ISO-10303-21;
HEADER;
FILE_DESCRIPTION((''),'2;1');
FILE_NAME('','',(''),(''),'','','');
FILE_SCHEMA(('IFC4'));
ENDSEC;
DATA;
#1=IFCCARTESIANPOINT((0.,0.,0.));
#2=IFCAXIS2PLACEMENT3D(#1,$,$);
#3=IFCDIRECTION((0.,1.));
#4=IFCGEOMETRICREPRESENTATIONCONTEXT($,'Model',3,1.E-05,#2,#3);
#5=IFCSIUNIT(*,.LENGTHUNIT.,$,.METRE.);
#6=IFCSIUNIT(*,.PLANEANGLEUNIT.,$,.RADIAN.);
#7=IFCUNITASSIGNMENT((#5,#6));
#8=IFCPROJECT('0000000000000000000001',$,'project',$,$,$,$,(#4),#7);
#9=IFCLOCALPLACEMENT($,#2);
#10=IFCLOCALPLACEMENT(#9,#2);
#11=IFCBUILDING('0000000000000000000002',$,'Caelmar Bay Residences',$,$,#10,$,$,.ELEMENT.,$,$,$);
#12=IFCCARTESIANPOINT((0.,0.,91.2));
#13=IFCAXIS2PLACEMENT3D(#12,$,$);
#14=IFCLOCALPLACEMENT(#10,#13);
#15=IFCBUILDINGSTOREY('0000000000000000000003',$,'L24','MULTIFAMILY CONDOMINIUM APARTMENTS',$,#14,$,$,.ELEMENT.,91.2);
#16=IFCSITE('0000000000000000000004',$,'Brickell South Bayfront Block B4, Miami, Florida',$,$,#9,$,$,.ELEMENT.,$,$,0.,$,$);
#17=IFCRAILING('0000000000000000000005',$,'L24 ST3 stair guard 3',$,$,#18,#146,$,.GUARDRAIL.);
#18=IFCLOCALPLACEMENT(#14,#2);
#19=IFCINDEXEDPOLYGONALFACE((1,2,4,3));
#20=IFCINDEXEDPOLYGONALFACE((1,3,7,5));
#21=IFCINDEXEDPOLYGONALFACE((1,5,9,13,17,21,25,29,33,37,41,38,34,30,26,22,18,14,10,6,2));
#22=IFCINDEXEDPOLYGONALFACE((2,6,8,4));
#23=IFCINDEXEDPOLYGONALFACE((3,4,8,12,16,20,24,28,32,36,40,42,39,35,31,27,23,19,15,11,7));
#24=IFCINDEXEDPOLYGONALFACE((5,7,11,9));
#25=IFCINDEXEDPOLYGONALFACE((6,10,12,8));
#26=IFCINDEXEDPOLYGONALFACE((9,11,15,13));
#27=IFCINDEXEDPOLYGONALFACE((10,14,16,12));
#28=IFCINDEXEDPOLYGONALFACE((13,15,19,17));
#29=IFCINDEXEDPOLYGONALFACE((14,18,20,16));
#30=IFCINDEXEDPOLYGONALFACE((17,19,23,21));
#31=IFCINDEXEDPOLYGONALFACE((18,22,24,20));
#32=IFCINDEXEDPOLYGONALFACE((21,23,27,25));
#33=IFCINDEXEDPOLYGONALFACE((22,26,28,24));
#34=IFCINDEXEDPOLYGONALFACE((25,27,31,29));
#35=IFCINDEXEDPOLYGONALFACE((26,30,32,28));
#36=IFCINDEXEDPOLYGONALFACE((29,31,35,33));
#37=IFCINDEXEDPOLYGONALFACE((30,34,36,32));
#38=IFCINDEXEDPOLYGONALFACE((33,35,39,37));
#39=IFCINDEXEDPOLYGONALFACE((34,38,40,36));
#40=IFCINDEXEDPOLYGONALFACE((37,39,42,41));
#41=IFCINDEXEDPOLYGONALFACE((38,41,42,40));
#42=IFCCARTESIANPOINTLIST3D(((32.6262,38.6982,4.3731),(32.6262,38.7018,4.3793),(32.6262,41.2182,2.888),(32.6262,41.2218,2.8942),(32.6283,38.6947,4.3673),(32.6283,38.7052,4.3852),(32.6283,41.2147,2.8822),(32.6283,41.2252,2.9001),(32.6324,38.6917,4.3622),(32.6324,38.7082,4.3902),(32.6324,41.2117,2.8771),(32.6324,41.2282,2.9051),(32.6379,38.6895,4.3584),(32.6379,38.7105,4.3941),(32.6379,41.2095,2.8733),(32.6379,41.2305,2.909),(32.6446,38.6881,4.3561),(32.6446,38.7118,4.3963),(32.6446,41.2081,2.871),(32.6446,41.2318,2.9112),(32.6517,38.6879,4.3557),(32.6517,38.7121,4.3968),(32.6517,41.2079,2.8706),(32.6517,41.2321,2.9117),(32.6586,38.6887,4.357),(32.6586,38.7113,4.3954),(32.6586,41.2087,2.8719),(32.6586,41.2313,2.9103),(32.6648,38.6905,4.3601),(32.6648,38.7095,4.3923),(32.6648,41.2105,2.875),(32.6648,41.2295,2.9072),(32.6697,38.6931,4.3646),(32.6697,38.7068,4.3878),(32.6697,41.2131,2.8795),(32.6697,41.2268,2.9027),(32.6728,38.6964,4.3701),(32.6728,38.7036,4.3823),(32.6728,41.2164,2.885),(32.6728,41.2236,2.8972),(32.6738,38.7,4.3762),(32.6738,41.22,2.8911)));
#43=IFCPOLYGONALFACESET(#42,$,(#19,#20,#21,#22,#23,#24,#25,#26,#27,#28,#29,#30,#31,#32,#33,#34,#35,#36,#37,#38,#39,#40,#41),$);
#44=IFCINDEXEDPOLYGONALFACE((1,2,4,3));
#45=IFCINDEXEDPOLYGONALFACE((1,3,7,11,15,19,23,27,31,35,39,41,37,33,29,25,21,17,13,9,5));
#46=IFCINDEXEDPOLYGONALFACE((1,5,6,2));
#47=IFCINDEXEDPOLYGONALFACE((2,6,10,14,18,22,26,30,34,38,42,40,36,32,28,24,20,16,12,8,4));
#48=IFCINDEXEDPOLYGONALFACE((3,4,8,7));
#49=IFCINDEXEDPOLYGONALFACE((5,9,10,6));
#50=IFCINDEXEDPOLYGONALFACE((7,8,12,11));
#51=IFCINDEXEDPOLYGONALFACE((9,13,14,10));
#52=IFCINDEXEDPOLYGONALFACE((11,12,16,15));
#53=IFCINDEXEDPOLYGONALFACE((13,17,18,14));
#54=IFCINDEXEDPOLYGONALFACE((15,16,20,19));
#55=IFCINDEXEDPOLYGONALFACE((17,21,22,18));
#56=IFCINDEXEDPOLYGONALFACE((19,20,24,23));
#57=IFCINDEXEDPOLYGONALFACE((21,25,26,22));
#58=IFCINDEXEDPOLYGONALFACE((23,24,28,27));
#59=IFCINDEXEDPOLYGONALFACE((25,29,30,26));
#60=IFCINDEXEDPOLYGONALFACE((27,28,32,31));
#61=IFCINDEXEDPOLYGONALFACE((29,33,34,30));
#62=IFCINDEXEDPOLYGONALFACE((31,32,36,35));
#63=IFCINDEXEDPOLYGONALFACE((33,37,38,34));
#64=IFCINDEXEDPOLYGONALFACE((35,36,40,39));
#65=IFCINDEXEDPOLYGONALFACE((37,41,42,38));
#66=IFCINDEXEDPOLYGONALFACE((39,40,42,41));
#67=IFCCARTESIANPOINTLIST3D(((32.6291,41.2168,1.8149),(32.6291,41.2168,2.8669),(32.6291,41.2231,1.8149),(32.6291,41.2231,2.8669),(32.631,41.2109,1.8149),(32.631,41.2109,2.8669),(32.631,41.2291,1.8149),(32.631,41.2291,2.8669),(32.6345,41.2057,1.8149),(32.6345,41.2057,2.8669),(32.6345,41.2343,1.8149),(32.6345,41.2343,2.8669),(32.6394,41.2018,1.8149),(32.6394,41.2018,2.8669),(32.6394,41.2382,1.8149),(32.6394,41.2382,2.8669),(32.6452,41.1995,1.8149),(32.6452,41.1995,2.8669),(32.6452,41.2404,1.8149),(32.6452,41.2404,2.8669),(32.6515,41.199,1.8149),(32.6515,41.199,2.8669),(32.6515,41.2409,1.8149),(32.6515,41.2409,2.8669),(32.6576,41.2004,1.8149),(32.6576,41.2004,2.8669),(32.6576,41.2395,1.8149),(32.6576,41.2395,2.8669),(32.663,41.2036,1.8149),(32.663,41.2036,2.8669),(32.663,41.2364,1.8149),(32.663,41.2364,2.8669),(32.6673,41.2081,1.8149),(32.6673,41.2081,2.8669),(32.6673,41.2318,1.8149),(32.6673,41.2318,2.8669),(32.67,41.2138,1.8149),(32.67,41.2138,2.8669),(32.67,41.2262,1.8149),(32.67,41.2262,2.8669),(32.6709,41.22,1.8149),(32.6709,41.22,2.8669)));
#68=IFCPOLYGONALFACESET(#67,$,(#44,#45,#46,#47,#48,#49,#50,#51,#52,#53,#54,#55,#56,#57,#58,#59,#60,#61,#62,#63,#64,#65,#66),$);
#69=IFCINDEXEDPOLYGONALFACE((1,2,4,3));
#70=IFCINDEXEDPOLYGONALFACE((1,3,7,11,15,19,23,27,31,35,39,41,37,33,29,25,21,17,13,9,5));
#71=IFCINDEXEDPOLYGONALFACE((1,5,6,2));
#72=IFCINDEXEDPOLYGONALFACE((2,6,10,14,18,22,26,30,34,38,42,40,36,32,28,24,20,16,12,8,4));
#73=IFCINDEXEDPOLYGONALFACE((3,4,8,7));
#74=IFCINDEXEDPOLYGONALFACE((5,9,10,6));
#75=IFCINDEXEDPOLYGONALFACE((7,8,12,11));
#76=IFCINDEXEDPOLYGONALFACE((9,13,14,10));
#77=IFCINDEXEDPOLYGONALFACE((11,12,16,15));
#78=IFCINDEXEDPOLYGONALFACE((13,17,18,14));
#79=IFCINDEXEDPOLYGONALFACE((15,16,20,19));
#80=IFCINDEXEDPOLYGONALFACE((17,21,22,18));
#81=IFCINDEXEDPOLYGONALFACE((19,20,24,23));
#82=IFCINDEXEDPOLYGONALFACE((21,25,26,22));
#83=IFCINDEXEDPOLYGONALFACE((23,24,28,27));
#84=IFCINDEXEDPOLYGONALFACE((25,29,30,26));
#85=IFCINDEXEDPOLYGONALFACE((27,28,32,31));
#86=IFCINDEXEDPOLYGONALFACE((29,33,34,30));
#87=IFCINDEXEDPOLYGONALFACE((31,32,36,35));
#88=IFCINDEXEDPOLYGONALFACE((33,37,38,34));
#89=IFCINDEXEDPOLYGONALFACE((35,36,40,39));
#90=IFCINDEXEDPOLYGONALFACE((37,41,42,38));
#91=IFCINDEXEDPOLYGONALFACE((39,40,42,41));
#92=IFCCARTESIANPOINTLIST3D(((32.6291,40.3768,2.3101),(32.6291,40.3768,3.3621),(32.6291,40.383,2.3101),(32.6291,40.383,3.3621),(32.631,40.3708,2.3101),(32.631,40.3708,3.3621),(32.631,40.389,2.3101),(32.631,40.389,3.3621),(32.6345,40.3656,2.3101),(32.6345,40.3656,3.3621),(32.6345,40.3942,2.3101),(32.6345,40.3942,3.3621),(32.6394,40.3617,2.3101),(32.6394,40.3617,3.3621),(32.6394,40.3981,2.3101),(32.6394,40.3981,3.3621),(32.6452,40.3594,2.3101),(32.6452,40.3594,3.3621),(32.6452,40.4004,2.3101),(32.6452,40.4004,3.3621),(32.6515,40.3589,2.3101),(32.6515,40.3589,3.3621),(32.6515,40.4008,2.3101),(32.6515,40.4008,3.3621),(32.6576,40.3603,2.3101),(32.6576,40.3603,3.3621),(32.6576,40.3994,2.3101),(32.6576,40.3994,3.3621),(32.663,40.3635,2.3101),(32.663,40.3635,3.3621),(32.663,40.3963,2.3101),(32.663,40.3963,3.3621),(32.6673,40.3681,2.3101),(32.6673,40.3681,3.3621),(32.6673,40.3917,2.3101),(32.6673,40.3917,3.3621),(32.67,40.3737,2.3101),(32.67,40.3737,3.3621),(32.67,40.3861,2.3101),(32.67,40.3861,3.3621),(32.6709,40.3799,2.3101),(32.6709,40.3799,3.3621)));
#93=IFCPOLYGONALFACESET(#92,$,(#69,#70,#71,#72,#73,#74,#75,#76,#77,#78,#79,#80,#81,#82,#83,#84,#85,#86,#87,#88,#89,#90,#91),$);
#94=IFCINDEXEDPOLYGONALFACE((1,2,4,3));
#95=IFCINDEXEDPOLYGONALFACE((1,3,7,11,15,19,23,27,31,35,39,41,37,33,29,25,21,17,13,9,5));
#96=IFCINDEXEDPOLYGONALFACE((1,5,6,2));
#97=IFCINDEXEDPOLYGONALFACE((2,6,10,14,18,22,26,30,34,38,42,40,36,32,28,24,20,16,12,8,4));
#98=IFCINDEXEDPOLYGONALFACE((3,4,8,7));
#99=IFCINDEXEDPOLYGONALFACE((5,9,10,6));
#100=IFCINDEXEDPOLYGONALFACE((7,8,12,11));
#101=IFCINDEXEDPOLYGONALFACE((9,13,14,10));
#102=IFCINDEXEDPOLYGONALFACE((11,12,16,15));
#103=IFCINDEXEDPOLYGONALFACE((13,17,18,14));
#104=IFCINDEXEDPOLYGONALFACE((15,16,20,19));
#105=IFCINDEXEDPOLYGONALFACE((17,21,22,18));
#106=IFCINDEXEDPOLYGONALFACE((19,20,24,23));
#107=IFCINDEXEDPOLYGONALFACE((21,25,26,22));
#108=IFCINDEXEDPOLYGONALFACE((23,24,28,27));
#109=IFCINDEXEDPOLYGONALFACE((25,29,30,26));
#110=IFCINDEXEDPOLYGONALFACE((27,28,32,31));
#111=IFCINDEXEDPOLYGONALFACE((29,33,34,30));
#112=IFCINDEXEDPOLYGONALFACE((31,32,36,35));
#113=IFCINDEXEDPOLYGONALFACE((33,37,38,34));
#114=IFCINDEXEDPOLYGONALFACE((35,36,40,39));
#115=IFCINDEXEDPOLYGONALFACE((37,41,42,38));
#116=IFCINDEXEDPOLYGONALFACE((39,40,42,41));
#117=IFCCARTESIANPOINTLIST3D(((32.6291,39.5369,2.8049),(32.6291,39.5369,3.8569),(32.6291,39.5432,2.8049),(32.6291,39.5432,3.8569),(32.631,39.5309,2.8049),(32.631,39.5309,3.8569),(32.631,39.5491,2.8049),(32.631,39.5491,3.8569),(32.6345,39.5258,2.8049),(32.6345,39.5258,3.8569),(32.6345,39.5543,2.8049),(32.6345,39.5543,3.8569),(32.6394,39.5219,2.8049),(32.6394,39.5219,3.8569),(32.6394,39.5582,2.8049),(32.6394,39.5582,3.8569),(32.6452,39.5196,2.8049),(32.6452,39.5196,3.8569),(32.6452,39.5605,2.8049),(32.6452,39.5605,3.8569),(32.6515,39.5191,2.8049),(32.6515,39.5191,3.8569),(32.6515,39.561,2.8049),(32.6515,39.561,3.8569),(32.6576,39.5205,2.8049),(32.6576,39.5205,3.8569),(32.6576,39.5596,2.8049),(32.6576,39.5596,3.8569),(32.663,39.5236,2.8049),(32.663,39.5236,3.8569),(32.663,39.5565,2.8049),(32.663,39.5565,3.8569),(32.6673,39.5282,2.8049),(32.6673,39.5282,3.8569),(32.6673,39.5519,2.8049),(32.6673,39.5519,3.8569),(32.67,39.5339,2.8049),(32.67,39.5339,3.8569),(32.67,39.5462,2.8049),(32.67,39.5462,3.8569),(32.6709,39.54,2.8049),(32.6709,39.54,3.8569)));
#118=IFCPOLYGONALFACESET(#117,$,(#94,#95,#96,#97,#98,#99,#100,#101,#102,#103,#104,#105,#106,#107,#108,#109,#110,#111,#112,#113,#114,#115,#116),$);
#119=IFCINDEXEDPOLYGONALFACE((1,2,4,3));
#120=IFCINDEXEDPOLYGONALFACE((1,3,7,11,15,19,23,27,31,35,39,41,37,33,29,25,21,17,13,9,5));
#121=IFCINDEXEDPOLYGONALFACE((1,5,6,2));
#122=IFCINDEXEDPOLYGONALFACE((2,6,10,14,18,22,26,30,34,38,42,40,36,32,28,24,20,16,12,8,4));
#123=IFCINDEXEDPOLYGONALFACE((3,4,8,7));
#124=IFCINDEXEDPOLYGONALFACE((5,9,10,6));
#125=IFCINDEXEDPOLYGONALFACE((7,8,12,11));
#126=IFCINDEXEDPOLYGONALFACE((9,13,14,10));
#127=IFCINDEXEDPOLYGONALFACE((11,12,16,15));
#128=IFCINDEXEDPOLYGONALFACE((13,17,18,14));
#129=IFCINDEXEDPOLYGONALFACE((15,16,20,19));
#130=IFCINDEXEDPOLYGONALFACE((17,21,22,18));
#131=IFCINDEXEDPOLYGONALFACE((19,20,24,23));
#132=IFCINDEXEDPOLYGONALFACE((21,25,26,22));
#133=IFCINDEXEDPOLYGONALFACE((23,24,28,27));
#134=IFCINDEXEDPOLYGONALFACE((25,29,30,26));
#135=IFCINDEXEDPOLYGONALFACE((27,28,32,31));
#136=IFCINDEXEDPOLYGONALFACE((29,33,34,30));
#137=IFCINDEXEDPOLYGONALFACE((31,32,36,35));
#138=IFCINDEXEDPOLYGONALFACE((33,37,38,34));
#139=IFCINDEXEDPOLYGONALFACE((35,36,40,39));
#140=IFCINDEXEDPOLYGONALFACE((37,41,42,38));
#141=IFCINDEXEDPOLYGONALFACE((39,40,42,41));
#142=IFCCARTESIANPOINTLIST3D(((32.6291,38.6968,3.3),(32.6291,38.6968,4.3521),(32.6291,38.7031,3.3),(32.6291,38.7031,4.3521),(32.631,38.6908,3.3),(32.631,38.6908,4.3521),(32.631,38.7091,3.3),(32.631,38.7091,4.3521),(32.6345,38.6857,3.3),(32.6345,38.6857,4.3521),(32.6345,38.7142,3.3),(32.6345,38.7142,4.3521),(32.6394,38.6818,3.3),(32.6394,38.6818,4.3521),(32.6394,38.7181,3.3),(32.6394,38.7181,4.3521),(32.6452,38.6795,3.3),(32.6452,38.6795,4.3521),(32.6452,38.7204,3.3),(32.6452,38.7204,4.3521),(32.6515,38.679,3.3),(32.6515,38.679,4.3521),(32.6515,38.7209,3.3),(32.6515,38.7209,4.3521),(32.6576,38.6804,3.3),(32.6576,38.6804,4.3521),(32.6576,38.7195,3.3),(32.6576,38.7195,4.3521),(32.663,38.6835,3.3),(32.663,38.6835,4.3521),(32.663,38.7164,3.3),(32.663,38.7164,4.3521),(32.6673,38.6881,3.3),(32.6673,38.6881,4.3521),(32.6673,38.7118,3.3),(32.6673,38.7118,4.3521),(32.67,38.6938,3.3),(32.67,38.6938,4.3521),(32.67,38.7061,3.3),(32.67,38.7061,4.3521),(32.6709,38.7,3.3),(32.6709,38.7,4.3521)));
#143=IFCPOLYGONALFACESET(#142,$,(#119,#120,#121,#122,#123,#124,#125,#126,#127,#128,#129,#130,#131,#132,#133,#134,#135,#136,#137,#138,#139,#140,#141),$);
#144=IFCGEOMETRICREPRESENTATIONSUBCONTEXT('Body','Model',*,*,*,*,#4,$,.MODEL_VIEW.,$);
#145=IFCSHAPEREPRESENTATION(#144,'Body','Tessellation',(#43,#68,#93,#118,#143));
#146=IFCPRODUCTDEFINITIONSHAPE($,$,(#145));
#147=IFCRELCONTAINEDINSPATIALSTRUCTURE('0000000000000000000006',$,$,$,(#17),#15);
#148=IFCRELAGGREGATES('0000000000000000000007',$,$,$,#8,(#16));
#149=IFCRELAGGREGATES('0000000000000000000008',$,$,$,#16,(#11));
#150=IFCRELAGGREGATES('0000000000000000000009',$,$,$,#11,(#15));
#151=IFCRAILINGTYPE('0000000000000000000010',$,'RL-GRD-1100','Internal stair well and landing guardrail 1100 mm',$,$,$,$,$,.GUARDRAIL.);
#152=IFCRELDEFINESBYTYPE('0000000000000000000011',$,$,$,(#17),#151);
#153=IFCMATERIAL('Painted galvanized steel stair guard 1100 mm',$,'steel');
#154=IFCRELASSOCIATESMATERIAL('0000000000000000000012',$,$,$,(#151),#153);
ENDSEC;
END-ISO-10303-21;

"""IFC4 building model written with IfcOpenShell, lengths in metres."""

from ifc_helpers import new_model, si_unit, direction, frame, origin, origin_2d, place, context, subcontext, project, spatial, circle, extrude, material, type_object, element, save


model = new_model("IFC4")

# Units and contexts
model_context = context("Model", 3, precision=1e-05, world=origin(), true_north=direction((0.0, 1.0)))
body_context = subcontext(model_context, "Body", "Model", "MODEL_VIEW")
ifc_project = project(units=[si_unit("LENGTHUNIT", "METRE"), si_unit("PLANEANGLEUNIT", "RADIAN")], contexts=[model_context])

# Site, building, storey
site_placement = place(None, origin())
site = spatial("IfcSite", under=ifc_project, at=site_placement, Name="Brickell South Bayfront Block B4, Miami, Florida", CompositionType="ELEMENT", RefElevation=0.0)
building_placement = place(site_placement, origin())
building = spatial("IfcBuilding", under=site, at=building_placement, Name="Caelmar Bay Residences", CompositionType="ELEMENT")
storey_placement = place(building_placement, frame((0.0, 0.0, 91.2)))
storey = spatial("IfcBuildingStorey", under=building, at=storey_placement, Name="L24", Description="MULTIFAMILY CONDOMINIUM APARTMENTS", CompositionType="ELEMENT", Elevation=91.2)

# Railing
ifc_material_1 = material(Name="Painted galvanized steel stair guard 1100 mm", Category="steel")
railing_type_1 = type_object("IfcRailingType", Name="RL-GRD-1100", Description="Internal stair well and landing guardrail 1100 mm", PredefinedType="GUARDRAIL", material=ifc_material_1)
railing_1_placement = place(storey_placement, frame((32.6499, 41.22, 1.8149)))
element("IfcRailing", 1, at=railing_1_placement, inside=storey, type_object=railing_type_1, Name="L24 ST3 stair guard 3", PredefinedType="GUARDRAIL", context=body_context, shape_type="SweptSolid", body=[
    extrude(circle(Radius=0.0239, at=origin_2d()), frame((0.0, 0.0, 1.0762), z_axis=(0.0, -0.861524, 0.507717), x_axis=(1.0, 0.0, 0.0)), (0.0, 0.0, 1.0), 2.925),
    extrude(circle(Radius=0.021, at=origin_2d()), origin(), (0.0, 0.0, 1.0), 1.052),
    extrude(circle(Radius=0.021, at=origin_2d()), frame((0.0, -0.8401, 0.4951)), (0.0, 0.0, 1.0), 1.052),
    extrude(circle(Radius=0.021, at=origin_2d()), frame((0.0, -1.6799, 0.99)), (0.0, 0.0, 1.0), 1.052),
    extrude(circle(Radius=0.021, at=origin_2d()), frame((0.0, -2.52, 1.4851)), (0.0, 0.0, 1.0), 1.052),
])

save(model, "model.ifc")
